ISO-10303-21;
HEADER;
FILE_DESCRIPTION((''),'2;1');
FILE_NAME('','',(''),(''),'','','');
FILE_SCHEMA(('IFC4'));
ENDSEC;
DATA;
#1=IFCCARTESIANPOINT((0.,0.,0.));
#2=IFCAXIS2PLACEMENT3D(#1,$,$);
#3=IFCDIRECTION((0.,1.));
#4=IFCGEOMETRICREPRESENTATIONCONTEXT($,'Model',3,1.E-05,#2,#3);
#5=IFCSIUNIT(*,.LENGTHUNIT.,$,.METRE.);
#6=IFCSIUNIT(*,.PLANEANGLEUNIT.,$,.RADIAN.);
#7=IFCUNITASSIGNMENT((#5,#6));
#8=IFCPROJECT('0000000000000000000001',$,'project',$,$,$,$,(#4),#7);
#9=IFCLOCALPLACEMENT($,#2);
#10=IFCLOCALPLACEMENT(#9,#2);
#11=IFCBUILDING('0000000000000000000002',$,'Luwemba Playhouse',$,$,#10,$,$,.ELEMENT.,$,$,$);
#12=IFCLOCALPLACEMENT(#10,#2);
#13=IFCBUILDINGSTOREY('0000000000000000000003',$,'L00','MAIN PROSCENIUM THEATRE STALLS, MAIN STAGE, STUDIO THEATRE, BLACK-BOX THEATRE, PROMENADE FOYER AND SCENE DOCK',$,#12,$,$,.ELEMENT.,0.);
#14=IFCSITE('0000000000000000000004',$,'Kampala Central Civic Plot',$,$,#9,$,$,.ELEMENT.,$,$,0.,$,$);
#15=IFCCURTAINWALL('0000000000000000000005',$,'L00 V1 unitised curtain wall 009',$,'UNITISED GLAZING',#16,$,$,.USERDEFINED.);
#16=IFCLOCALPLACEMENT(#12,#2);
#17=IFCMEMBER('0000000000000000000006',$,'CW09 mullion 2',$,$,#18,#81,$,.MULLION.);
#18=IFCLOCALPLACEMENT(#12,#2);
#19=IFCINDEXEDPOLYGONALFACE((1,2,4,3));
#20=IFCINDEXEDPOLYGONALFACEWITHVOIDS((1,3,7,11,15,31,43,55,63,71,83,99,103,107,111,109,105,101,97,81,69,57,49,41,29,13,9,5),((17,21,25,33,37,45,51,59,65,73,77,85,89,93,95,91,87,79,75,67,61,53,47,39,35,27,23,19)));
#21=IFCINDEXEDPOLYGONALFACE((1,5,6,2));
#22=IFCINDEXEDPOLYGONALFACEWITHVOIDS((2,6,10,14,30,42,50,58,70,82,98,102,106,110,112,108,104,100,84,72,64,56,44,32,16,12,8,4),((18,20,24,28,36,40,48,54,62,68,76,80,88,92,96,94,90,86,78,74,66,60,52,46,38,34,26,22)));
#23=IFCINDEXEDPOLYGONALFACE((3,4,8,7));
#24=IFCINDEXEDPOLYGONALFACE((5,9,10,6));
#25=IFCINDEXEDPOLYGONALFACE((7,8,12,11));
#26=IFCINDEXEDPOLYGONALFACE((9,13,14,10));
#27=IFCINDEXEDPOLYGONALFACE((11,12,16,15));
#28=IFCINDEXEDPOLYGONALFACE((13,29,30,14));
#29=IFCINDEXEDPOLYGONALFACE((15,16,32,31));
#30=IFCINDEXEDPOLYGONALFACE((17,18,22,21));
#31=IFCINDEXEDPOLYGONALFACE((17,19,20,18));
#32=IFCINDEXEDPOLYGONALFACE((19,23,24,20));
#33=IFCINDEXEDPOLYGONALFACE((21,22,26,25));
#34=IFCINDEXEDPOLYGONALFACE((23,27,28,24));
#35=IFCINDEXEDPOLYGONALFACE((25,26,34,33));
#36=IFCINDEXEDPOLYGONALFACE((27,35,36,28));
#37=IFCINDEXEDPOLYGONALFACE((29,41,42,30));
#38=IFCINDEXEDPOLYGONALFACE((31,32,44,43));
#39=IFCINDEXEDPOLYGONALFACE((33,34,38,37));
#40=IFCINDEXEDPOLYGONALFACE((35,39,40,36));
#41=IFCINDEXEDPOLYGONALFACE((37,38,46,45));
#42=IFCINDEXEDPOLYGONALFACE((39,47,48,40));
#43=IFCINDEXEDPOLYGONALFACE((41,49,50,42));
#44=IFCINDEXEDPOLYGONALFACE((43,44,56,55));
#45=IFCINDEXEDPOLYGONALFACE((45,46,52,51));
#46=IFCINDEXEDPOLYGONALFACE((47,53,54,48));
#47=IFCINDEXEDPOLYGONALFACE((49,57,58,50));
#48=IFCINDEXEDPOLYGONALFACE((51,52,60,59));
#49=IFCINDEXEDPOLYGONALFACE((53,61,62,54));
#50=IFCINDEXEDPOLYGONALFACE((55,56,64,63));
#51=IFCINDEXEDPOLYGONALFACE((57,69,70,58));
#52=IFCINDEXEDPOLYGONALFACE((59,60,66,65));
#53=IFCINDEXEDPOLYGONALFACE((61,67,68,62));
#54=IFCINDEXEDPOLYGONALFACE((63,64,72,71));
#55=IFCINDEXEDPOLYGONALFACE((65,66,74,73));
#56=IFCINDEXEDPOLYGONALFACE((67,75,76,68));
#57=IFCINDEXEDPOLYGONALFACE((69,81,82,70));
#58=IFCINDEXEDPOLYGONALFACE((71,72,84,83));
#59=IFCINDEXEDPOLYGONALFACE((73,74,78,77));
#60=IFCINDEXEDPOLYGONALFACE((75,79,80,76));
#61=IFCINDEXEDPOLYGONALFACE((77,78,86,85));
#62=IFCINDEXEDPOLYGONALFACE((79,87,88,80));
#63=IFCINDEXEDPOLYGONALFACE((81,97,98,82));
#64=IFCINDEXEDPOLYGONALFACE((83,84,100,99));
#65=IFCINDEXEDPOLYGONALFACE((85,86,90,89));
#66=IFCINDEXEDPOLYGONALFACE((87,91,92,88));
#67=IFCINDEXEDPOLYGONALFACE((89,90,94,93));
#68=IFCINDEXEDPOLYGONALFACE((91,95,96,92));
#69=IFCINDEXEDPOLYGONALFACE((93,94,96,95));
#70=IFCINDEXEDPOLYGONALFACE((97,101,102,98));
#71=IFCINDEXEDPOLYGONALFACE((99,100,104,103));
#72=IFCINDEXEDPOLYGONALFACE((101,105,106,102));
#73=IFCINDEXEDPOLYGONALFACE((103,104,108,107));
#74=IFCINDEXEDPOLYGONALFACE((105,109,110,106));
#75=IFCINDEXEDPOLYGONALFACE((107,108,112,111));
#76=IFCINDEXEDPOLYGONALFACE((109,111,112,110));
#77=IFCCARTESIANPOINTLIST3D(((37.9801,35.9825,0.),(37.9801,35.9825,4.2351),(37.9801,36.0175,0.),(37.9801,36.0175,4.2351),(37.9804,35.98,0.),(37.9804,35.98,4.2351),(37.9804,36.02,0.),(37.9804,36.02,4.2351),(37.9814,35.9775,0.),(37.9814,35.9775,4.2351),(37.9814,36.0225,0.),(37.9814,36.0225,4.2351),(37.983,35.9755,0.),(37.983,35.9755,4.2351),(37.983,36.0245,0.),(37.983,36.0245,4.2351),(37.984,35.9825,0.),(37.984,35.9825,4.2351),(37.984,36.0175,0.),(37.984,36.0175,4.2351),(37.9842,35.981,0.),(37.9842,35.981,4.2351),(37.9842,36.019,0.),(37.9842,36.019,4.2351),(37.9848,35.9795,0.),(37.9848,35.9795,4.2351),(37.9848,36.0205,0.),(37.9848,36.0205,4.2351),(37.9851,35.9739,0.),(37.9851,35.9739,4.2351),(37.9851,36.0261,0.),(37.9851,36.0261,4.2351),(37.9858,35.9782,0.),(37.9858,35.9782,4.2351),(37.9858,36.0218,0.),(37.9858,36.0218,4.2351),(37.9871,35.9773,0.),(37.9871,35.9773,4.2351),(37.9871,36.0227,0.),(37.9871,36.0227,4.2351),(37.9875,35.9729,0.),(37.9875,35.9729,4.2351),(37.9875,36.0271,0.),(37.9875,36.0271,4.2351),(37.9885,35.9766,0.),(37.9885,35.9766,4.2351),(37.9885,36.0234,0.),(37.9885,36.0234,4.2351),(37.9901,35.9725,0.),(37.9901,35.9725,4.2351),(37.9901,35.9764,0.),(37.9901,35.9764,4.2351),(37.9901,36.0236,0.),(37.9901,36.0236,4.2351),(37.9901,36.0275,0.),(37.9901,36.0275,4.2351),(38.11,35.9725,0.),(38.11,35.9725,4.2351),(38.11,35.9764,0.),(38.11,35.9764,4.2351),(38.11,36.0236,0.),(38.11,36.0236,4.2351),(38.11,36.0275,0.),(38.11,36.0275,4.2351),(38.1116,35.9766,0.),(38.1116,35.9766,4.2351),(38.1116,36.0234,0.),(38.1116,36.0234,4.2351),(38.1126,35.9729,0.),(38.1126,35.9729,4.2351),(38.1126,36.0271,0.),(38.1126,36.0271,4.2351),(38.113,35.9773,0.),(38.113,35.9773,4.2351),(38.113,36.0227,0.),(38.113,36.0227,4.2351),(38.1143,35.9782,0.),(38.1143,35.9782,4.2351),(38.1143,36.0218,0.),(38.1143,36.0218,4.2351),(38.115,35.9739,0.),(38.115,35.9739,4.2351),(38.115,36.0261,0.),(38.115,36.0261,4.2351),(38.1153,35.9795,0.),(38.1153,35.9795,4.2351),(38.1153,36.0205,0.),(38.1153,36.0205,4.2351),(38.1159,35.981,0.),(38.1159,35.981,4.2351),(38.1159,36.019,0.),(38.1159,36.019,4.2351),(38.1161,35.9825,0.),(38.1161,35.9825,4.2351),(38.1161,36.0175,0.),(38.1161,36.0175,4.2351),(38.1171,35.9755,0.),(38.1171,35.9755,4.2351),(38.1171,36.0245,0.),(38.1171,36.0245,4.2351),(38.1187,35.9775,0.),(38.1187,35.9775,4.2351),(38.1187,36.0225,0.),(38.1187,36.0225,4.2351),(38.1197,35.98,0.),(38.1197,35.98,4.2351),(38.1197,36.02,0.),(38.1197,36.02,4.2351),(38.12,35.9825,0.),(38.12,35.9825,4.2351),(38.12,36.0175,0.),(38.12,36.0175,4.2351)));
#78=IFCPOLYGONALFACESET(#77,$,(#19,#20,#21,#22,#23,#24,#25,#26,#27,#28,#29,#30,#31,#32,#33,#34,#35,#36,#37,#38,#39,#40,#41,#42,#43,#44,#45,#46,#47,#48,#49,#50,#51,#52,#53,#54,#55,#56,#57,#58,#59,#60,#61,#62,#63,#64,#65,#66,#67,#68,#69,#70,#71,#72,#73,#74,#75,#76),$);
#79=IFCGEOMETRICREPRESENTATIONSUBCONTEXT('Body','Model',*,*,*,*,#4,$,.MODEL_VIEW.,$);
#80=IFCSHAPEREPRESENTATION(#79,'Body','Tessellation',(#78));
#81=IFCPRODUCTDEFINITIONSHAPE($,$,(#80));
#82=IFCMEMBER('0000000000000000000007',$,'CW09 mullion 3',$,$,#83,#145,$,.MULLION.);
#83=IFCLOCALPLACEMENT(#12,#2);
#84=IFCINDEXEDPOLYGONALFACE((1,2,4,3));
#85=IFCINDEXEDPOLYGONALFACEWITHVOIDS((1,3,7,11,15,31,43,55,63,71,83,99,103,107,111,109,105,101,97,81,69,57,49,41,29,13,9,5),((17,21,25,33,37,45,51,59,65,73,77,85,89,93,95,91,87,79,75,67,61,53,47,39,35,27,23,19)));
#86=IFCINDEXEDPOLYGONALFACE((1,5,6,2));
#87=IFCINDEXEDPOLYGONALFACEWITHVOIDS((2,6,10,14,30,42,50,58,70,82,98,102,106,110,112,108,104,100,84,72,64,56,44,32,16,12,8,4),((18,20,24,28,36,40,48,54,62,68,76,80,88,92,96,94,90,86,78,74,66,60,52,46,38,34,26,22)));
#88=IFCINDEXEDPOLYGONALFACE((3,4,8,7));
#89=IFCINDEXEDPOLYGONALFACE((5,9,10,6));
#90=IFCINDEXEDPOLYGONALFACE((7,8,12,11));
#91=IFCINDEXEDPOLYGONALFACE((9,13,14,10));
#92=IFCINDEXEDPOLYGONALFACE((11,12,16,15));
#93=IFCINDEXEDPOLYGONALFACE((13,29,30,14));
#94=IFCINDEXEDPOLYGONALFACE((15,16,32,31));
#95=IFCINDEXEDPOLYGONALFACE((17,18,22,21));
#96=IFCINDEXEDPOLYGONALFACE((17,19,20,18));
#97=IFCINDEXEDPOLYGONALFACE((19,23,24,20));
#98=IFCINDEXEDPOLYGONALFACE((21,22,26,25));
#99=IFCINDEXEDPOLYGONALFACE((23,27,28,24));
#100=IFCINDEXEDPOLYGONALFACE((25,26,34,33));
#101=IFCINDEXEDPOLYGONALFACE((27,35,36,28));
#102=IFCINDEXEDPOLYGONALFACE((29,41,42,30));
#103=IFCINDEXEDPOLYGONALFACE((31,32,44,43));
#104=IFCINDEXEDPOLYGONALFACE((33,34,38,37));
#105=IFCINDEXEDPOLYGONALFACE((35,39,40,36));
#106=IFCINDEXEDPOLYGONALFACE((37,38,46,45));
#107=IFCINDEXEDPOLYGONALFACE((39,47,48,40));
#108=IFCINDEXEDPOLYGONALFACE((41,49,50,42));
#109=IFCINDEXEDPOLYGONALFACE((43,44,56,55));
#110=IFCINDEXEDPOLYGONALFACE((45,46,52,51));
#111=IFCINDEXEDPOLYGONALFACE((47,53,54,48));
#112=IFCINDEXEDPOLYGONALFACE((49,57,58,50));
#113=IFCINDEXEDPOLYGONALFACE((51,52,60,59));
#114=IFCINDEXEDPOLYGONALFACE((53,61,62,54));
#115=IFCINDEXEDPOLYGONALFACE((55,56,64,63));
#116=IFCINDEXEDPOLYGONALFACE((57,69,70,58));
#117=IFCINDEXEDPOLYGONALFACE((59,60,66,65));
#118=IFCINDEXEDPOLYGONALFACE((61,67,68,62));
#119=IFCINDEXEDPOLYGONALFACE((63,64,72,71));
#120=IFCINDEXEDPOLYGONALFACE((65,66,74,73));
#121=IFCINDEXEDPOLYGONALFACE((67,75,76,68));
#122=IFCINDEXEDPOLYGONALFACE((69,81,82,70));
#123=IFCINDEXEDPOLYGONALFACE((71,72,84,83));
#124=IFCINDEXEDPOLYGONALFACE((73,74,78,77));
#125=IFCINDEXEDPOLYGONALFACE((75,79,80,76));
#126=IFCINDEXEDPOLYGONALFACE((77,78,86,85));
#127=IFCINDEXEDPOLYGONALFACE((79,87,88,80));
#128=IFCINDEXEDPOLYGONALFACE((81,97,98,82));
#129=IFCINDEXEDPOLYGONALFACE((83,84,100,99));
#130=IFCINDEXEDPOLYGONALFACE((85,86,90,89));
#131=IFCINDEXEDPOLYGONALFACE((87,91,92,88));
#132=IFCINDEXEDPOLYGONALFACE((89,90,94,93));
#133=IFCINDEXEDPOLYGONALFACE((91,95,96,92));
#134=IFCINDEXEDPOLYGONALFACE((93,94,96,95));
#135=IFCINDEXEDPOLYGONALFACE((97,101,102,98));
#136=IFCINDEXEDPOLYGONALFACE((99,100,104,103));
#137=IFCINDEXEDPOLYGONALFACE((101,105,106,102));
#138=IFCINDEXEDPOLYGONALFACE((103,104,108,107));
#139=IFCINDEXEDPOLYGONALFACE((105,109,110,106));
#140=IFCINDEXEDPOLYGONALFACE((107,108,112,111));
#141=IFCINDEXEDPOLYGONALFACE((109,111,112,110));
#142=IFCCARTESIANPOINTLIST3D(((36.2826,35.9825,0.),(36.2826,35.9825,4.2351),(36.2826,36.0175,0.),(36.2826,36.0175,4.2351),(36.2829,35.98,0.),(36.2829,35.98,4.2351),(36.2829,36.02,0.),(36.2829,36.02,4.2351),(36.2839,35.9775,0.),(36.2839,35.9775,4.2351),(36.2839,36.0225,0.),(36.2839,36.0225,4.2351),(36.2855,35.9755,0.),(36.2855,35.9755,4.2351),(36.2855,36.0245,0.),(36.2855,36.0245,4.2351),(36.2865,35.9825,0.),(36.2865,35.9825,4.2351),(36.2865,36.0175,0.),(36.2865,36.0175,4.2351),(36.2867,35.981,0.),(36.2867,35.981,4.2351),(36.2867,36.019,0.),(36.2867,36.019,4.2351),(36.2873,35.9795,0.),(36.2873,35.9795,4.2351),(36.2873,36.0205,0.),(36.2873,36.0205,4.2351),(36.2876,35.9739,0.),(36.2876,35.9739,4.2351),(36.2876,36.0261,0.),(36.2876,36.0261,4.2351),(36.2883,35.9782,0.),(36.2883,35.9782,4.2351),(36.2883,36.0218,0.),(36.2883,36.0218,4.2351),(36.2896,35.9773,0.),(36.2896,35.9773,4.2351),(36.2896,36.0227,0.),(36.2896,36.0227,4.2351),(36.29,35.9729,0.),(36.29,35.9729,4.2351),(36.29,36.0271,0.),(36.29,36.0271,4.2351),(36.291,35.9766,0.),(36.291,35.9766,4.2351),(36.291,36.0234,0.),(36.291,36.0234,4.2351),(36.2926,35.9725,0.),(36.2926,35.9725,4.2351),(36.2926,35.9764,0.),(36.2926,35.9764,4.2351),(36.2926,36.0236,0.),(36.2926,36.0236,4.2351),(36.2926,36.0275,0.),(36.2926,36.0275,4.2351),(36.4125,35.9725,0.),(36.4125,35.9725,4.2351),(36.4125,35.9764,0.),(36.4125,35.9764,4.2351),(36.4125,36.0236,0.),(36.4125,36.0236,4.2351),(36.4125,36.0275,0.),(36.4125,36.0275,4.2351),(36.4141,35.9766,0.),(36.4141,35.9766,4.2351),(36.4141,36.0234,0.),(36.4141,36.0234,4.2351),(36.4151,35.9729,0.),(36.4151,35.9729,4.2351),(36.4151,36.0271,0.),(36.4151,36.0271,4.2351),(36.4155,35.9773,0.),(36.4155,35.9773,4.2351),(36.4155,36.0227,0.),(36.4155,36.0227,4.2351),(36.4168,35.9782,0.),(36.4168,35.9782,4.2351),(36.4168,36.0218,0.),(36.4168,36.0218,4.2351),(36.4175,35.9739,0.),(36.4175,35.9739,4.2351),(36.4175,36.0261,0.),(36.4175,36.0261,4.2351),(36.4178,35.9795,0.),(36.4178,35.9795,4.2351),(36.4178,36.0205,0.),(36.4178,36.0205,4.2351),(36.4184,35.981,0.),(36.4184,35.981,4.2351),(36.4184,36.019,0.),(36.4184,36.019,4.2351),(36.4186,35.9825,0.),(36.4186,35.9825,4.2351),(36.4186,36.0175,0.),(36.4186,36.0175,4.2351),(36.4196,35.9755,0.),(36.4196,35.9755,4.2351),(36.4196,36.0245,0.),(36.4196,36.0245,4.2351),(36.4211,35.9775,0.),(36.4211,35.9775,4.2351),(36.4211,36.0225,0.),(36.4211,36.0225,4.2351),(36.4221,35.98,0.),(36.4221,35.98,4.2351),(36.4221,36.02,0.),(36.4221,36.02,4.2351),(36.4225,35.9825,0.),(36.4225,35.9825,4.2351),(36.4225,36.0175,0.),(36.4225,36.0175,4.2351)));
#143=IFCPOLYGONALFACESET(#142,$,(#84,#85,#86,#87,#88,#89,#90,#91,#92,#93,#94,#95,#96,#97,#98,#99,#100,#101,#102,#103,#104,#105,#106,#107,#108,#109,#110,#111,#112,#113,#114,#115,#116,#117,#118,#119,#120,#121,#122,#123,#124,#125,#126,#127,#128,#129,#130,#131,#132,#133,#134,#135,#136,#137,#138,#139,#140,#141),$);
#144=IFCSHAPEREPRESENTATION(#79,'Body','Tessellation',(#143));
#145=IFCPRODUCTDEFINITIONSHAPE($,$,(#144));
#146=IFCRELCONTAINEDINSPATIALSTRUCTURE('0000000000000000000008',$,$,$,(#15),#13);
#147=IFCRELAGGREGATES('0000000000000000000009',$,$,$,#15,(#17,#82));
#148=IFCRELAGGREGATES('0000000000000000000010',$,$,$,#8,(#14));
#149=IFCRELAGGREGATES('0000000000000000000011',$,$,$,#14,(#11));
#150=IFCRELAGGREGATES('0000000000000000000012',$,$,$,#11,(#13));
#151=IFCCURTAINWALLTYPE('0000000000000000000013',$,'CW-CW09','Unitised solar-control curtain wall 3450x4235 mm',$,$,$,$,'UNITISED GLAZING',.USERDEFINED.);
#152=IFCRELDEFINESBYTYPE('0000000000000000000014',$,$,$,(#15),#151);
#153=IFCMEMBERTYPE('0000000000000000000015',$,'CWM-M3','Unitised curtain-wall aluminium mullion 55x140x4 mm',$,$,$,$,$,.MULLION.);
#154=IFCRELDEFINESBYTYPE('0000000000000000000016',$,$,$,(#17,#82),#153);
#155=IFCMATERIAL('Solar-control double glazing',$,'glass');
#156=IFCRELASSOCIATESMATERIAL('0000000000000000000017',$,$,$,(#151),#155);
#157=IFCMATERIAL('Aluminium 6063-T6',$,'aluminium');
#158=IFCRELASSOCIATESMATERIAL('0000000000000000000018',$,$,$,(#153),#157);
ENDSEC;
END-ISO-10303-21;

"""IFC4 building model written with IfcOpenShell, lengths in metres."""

from ifc_helpers import new_model, si_unit, direction, frame, origin, origin_2d, place, context, subcontext, project, spatial, hollow_rectangle, extrude, material, material_profile, profile_set, type_object, element, aggregate, save


model = new_model("IFC4")

# Units and contexts
model_context = context("Model", 3, precision=1e-05, world=origin(), true_north=direction((0.0, 1.0)))
body_context = subcontext(model_context, "Body", "Model", "MODEL_VIEW")
ifc_project = project(units=[si_unit("LENGTHUNIT", "METRE"), si_unit("PLANEANGLEUNIT", "RADIAN")], contexts=[model_context])

# Site, building, storey
site_placement = place(None, origin())
site = spatial("IfcSite", under=ifc_project, at=site_placement, Name="Kampala Central Civic Plot", CompositionType="ELEMENT", RefElevation=0.0)
building_placement = place(site_placement, origin())
building = spatial("IfcBuilding", under=site, at=building_placement, Name="Luwemba Playhouse", CompositionType="ELEMENT")
storey_placement = place(building_placement, origin())
storey = spatial("IfcBuildingStorey", under=building, at=storey_placement, Name="L00", Description="MAIN PROSCENIUM THEATRE STALLS, MAIN STAGE, STUDIO THEATRE, BLACK-BOX THEATRE, PROMENADE FOYER AND SCENE DOCK", CompositionType="ELEMENT", Elevation=0.0)

# Curtain wall, members
ifc_material_1 = material(Name="Solar-control double glazing", Category="glass")
curtain_wall_type = type_object("IfcCurtainWallType", Name="CW-CW09", Description="Unitised solar-control curtain wall 3450x4235 mm", ElementType="UNITISED GLAZING", PredefinedType="USERDEFINED", material=ifc_material_1)
curtain_wall_placement = place(storey_placement, origin())
curtain_wall = element("IfcCurtainWall", 1, at=curtain_wall_placement, inside=storey, type_object=curtain_wall_type, Name="L00 V1 unitised curtain wall 009", ObjectType="UNITISED GLAZING", PredefinedType="USERDEFINED")
ifc_material_2 = material(Name="Aluminium 6063-T6", Category="aluminium")
ifc_material_profile_1 = material_profile(ifc_material_2, hollow_rectangle(XDim=0.0549, YDim=0.1399, WallThickness=0.0039, InnerFilletRadius=0.0061, OuterFilletRadius=0.01, at=origin_2d()))
ifc_profile_set_1 = profile_set([ifc_material_profile_1], Name="Aluminium 6063-T6")
member_type_1 = type_object("IfcMemberType", Name="CWM-M3", Description="Unitised curtain-wall aluminium mullion 55x140x4 mm", PredefinedType="MULLION", material=ifc_profile_set_1)
member_1_placement = place(storey_placement, frame((38.05, 36.0, 0.0), z_axis=(0.0, 0.0, 1.0), x_axis=(0.0, -1.0, 0.0)))
member_1 = element("IfcMember", 2, at=member_1_placement, type_object=member_type_1, Name="CW09 mullion 2", PredefinedType="MULLION", context=body_context, shape_type="SweptSolid", body=[
    extrude(hollow_rectangle(XDim=0.0549, YDim=0.1399, WallThickness=0.0039, InnerFilletRadius=0.0061, OuterFilletRadius=0.01, at=origin_2d()), origin(), (0.0, 0.0, 1.0), 4.2351),
])
member_2_placement = place(storey_placement, frame((36.3525, 36.0, 0.0), z_axis=(0.0, 0.0, 1.0), x_axis=(0.0, -1.0, 0.0)))
member_2 = element("IfcMember", 3, at=member_2_placement, type_object=member_type_1, Name="CW09 mullion 3", PredefinedType="MULLION", context=body_context, shape_type="SweptSolid", body=[
    extrude(hollow_rectangle(XDim=0.0549, YDim=0.1399, WallThickness=0.0039, InnerFilletRadius=0.0061, OuterFilletRadius=0.01, at=origin_2d()), origin(), (0.0, 0.0, 1.0), 4.2351),
])
aggregate(curtain_wall, [member_1, member_2])

save(model, "model.ifc")
